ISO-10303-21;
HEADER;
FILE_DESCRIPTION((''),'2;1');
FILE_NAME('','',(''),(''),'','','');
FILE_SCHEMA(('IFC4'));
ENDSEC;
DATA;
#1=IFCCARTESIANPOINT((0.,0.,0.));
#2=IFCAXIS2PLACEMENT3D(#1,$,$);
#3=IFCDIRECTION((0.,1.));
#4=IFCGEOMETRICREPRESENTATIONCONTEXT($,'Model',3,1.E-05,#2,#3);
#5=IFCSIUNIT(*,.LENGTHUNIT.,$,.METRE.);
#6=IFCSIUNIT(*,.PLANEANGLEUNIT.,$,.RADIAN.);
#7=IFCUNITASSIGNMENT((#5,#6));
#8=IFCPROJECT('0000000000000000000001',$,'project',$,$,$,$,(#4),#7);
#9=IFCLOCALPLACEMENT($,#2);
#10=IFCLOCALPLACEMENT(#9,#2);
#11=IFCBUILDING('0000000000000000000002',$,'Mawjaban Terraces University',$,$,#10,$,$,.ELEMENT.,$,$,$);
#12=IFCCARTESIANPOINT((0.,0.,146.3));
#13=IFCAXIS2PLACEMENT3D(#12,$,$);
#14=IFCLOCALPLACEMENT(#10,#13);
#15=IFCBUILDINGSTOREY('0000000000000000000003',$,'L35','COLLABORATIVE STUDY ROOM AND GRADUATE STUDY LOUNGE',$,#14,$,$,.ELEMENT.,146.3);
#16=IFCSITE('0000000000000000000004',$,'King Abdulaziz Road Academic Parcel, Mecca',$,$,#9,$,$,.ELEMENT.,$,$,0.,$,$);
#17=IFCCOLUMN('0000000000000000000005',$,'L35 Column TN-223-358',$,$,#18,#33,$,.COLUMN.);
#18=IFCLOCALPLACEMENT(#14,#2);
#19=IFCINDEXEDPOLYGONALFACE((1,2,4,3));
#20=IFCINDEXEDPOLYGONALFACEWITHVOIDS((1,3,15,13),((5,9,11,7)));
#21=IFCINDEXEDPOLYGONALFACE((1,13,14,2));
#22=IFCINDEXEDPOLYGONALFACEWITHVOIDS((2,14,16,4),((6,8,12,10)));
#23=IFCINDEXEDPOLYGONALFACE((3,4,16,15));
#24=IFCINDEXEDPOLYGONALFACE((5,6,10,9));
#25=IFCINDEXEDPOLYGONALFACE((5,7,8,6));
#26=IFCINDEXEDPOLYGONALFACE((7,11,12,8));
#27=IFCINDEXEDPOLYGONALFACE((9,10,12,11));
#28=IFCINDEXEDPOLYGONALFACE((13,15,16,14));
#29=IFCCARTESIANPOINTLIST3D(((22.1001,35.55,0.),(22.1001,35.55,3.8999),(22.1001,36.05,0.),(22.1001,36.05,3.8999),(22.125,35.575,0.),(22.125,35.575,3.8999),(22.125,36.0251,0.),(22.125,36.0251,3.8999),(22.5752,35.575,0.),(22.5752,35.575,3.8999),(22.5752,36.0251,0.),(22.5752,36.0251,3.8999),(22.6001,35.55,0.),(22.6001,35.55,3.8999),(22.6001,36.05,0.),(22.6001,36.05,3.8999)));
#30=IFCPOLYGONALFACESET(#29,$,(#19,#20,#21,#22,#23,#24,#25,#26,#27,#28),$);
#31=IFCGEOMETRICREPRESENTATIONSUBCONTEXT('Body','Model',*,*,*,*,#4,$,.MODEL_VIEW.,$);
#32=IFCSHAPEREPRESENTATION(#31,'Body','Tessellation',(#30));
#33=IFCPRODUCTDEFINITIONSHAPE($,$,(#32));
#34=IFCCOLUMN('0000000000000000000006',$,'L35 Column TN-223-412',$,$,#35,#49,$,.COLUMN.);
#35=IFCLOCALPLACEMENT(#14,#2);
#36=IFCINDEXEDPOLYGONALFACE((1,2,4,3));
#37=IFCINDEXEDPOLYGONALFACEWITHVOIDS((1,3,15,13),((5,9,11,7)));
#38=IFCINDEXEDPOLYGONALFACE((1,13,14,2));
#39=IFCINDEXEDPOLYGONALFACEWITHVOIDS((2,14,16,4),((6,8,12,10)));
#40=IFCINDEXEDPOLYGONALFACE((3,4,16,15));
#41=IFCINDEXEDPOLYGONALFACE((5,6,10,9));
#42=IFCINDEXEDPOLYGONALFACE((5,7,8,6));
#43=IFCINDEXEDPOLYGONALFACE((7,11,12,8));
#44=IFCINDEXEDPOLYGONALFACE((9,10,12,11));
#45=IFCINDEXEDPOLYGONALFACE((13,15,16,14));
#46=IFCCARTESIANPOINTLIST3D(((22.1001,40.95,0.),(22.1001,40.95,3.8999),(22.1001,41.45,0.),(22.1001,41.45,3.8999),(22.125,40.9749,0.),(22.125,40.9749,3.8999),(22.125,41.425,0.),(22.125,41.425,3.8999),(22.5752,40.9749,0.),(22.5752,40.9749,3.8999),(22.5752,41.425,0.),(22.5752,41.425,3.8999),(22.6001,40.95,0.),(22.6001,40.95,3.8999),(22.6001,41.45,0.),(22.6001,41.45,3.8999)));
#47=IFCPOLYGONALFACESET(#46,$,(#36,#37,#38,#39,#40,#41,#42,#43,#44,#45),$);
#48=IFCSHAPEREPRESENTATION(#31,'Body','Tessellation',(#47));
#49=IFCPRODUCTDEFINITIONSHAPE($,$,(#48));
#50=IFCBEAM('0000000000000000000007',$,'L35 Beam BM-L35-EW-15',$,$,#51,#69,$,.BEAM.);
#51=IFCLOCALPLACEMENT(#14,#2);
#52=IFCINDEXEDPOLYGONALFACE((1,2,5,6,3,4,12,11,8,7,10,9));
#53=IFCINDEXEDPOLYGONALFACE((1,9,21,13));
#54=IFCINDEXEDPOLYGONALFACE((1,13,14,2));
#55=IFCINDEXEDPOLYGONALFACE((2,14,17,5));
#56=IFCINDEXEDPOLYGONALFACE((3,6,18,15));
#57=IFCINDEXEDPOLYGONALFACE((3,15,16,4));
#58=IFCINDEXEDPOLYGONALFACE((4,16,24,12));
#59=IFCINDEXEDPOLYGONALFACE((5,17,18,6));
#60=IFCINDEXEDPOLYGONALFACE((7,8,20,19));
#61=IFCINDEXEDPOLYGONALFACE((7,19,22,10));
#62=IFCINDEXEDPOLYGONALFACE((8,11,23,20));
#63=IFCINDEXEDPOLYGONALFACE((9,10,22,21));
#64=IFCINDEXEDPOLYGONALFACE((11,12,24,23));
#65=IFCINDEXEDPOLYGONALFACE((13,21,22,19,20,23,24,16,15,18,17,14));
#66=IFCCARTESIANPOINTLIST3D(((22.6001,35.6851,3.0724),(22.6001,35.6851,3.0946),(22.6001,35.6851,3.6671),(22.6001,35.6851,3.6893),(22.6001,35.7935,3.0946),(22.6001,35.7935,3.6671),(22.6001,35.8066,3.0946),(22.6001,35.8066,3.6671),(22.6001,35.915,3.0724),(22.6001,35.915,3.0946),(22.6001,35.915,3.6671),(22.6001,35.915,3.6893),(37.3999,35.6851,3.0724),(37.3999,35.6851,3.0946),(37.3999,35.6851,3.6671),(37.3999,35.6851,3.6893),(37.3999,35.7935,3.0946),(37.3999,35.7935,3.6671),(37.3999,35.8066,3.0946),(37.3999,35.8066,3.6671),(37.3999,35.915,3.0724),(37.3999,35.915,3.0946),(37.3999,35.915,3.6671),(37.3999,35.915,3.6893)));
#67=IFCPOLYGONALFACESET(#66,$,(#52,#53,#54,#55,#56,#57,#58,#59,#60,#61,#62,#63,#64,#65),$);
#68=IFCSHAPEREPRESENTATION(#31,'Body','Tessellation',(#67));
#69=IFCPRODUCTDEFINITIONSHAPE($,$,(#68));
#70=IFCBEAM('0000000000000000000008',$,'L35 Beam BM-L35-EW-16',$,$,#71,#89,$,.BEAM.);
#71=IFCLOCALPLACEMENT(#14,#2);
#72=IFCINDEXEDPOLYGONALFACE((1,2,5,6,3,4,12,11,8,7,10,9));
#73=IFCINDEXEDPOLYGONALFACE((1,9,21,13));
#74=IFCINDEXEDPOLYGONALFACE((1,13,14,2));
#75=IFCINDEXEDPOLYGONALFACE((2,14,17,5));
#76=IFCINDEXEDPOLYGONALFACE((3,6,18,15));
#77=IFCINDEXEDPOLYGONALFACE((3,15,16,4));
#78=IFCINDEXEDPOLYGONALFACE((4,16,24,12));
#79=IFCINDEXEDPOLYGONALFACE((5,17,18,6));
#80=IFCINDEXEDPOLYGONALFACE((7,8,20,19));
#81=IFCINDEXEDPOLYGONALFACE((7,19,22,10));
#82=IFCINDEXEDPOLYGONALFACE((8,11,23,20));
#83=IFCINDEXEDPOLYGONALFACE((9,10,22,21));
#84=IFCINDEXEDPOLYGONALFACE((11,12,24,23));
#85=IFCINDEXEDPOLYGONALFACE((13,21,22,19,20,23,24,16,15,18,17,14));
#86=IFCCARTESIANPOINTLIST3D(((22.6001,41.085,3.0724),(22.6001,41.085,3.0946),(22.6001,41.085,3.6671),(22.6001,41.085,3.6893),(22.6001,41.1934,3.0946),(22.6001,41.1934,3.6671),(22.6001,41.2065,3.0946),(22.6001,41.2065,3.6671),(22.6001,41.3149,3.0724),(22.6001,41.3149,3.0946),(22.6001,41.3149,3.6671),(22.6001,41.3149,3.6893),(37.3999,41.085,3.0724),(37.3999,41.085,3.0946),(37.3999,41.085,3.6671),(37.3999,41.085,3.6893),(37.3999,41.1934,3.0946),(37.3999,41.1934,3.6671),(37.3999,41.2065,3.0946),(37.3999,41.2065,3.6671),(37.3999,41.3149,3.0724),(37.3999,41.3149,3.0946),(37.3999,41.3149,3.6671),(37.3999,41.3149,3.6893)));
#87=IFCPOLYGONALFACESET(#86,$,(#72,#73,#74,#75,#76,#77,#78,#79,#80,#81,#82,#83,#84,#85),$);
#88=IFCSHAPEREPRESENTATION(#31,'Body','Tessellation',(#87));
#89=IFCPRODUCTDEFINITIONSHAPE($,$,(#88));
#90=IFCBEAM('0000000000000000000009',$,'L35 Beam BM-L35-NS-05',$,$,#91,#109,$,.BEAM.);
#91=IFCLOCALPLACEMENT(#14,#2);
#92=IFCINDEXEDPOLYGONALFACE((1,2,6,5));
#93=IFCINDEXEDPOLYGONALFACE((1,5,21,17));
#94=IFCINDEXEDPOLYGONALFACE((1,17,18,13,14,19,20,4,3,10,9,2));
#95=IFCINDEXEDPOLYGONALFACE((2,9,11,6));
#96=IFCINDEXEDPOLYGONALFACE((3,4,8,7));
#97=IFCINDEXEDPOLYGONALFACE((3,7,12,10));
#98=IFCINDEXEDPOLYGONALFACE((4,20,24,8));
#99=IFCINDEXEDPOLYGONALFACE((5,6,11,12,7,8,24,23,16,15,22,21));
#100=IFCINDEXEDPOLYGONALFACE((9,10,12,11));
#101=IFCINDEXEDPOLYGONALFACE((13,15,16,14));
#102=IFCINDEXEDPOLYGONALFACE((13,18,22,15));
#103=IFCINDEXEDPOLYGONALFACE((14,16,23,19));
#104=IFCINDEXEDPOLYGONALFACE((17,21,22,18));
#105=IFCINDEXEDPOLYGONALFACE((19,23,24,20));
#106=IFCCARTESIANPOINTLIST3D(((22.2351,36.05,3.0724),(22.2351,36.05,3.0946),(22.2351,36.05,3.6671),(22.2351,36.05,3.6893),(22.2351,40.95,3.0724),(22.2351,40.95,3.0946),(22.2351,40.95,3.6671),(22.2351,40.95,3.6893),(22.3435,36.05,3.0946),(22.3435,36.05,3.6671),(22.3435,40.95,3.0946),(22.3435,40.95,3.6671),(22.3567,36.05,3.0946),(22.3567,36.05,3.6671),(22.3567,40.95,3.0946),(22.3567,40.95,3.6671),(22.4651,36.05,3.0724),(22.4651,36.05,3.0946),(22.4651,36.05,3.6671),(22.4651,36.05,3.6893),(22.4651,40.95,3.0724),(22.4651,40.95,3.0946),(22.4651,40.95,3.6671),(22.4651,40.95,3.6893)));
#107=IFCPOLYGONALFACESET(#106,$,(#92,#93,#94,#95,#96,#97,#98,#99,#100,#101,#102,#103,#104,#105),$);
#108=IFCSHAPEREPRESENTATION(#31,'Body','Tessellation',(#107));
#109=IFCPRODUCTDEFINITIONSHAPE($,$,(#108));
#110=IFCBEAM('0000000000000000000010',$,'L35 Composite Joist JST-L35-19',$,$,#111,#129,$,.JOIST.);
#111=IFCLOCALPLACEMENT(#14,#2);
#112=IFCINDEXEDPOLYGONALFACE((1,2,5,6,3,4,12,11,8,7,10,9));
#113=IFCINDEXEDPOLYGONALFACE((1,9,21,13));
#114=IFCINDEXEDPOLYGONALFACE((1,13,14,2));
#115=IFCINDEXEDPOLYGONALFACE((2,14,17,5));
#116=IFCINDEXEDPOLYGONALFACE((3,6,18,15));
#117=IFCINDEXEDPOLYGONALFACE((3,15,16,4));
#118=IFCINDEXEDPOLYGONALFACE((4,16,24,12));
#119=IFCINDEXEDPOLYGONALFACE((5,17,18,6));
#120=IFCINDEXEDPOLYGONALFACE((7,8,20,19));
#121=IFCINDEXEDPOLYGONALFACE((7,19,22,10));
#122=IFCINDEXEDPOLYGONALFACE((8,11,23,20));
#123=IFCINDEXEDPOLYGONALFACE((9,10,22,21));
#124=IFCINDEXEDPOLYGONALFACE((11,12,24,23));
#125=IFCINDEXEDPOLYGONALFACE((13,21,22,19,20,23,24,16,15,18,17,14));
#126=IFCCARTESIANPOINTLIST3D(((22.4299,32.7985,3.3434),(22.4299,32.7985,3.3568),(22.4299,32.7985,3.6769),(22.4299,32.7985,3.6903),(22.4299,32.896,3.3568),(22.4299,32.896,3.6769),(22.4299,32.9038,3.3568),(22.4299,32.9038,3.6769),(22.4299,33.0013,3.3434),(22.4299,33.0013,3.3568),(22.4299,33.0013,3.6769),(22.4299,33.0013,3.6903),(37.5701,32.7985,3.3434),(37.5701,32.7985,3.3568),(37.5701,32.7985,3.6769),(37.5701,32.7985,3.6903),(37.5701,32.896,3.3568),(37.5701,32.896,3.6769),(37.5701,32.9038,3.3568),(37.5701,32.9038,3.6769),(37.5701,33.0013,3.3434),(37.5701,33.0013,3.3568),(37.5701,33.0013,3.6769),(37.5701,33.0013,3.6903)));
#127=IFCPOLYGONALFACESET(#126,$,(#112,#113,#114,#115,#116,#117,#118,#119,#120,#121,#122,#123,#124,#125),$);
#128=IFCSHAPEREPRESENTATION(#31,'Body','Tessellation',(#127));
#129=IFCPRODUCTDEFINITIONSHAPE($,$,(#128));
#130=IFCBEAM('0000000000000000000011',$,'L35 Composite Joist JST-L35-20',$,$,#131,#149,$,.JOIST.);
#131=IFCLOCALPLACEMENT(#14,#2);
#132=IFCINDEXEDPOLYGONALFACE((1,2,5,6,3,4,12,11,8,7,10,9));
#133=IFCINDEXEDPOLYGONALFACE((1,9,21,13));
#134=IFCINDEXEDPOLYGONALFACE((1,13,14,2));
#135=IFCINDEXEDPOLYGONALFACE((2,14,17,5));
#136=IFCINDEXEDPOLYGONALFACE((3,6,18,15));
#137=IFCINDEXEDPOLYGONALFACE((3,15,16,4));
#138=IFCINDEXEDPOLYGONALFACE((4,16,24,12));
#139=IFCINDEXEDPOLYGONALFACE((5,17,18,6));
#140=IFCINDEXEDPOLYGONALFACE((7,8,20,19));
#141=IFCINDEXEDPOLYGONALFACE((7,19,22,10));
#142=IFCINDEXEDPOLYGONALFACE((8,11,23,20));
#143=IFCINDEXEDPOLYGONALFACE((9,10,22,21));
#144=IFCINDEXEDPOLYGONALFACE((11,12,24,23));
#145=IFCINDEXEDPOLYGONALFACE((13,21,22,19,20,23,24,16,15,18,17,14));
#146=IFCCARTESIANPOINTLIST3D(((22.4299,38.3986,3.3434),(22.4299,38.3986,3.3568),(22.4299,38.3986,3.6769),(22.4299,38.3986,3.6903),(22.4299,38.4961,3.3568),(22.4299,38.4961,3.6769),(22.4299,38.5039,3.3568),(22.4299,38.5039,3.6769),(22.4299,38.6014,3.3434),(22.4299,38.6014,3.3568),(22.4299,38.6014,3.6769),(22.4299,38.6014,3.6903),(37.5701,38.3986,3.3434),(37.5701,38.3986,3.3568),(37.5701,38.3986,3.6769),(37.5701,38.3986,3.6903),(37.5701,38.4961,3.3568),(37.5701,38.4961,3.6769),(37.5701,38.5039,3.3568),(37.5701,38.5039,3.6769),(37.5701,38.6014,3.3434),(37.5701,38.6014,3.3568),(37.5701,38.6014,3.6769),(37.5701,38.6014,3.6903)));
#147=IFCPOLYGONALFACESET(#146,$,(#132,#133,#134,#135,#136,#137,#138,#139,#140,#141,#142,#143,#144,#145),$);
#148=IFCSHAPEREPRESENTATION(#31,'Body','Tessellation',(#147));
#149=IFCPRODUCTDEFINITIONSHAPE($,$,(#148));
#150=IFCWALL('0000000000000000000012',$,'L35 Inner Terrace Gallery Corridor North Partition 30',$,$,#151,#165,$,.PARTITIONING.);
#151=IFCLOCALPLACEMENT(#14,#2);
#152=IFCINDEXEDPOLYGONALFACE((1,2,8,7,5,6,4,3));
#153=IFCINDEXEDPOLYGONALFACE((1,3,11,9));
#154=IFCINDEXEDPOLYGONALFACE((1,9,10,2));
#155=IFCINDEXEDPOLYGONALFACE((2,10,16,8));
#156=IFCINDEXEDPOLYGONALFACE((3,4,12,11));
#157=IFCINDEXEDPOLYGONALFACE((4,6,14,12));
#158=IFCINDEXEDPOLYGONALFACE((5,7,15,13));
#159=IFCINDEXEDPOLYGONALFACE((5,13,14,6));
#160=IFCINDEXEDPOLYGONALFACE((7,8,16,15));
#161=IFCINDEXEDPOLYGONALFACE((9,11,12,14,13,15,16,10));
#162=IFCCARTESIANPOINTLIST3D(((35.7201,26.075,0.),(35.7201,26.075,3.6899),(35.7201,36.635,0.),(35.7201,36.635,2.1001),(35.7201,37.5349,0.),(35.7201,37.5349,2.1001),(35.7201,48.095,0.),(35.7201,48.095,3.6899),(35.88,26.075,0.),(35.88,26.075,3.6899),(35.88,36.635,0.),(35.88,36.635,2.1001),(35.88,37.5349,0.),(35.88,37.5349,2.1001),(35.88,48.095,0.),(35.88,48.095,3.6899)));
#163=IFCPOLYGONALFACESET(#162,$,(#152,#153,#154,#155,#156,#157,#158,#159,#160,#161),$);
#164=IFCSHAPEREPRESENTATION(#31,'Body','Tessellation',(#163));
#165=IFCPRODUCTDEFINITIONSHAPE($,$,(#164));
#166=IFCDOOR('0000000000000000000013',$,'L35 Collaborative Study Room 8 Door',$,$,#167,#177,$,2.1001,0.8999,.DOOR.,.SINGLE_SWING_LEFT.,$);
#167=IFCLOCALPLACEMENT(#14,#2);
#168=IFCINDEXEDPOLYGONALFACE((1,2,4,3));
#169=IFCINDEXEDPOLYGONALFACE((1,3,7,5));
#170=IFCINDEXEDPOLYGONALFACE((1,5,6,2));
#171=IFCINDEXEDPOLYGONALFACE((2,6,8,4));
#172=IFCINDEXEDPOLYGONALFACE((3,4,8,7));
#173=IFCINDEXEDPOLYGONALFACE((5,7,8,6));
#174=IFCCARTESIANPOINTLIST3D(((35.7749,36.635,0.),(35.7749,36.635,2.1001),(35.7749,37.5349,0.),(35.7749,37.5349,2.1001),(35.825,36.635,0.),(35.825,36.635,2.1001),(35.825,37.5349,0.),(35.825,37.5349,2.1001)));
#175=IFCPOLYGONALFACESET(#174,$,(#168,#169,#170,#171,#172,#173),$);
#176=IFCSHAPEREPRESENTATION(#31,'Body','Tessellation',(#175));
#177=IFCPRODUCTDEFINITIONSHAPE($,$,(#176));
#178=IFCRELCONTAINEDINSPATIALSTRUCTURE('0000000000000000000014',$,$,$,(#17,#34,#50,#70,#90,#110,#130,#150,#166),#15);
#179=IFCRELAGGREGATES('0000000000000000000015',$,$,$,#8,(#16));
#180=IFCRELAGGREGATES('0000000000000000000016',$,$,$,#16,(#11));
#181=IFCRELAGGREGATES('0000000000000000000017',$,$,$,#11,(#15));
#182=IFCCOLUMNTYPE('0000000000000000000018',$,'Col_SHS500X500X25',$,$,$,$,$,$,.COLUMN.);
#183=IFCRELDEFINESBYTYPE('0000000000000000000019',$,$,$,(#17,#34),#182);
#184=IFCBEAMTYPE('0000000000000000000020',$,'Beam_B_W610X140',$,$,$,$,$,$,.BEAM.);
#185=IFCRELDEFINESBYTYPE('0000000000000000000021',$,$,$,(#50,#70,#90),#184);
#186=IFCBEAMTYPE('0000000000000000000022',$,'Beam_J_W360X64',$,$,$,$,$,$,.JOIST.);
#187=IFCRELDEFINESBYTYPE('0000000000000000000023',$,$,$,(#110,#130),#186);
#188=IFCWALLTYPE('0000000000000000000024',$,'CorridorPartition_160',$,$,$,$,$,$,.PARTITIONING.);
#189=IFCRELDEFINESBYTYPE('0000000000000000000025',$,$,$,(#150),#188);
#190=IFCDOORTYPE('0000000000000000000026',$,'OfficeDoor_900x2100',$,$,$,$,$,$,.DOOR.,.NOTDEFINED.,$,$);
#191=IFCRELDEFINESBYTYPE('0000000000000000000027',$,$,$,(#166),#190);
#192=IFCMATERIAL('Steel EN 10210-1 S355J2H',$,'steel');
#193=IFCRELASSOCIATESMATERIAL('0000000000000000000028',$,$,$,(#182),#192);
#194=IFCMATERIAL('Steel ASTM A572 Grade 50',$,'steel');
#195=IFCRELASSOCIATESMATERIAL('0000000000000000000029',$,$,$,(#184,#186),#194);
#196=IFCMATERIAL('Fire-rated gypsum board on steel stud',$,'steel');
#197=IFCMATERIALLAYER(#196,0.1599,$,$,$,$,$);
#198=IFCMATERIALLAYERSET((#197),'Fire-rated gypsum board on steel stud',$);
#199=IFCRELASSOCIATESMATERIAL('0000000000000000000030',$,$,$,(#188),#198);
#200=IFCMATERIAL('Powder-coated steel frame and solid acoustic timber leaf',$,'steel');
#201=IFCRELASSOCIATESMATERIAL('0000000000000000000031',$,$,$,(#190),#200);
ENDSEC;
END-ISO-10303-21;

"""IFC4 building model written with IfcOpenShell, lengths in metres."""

from ifc_helpers import new_model, si_unit, direction, frame, frame_2d, origin, origin_2d, place, context, subcontext, project, spatial, rectangle, hollow_rectangle, i_section, extrude, material, layer, layer_set, material_profile, profile_set, type_object, element, fill, save


model = new_model("IFC4")

# Units and contexts
model_context = context("Model", 3, precision=1e-05, world=origin(), true_north=direction((0.0, 1.0)))
body_context = subcontext(model_context, "Body", "Model", "MODEL_VIEW")
ifc_project = project(units=[si_unit("LENGTHUNIT", "METRE"), si_unit("PLANEANGLEUNIT", "RADIAN")], contexts=[model_context])

# Site, building, storey
site_placement = place(None, origin())
site = spatial("IfcSite", under=ifc_project, at=site_placement, Name="King Abdulaziz Road Academic Parcel, Mecca", CompositionType="ELEMENT", RefElevation=0.0)
building_placement = place(site_placement, origin())
building = spatial("IfcBuilding", under=site, at=building_placement, Name="Mawjaban Terraces University", CompositionType="ELEMENT")
storey_placement = place(building_placement, frame((0.0, 0.0, 146.3)))
storey = spatial("IfcBuildingStorey", under=building, at=storey_placement, Name="L35", Description="COLLABORATIVE STUDY ROOM AND GRADUATE STUDY LOUNGE", CompositionType="ELEMENT", Elevation=146.3)

# Columns
ifc_material_1 = material(Name="Steel EN 10210-1 S355J2H", Category="steel")
ifc_material_profile_1 = material_profile(ifc_material_1, hollow_rectangle(XDim=0.5, YDim=0.5, WallThickness=0.0249, at=origin_2d()), Name="SHS500X500X25")
ifc_profile_set_1 = profile_set([ifc_material_profile_1], Name="Steel EN 10210-1 S355J2H")
column_type = type_object("IfcColumnType", Name="Col_SHS500X500X25", PredefinedType="COLUMN", material=ifc_profile_set_1)
for number, where, z_axis, x_axis, name in (
    (1, (22.3501, 35.8, 0.0), (0.0, 0.0, 1.0), (1.0, 0.0, 0.0), "L35 Column TN-223-358"),
    (2, (22.3501, 41.2, 0.0), (0.0, 0.0, 1.0), (1.0, 0.0, 0.0), "L35 Column TN-223-412"),
):
    element("IfcColumn", number, at=place(storey_placement, frame(where, z_axis=z_axis, x_axis=x_axis)), inside=storey, type_object=column_type, Name=name, PredefinedType="COLUMN", context=body_context, shape_type="SweptSolid", body=[
        extrude(hollow_rectangle(XDim=0.5, YDim=0.5, WallThickness=0.0249, at=origin_2d()), origin(), (0.0, 0.0, 1.0), 3.8999),
    ])

# Beams
ifc_material_2 = material(Name="Steel ASTM A572 Grade 50", Category="steel")
ifc_material_profile_2 = material_profile(ifc_material_2, i_section(OverallWidth=0.23, OverallDepth=0.6169, WebThickness=0.0132, FlangeThickness=0.0222, at=origin_2d()), Name="W610X140")
ifc_profile_set_2 = profile_set([ifc_material_profile_2], Name="Steel ASTM A572 Grade 50")
beam_type_1 = type_object("IfcBeamType", Name="Beam_B_W610X140", PredefinedType="BEAM", material=ifc_profile_set_2)
for number, where, z_axis, x_axis, name in (
    (3, (22.6001, 35.8, 3.3809), (1.0, 0.0, 0.0), (0.0, 1.0, 0.0), "L35 Beam BM-L35-EW-15"),
    (4, (22.6001, 41.2, 3.3809), (1.0, 0.0, 0.0), (0.0, 1.0, 0.0), "L35 Beam BM-L35-EW-16"),
):
    element("IfcBeam", number, at=place(storey_placement, frame(where, z_axis=z_axis, x_axis=x_axis)), inside=storey, type_object=beam_type_1, Name=name, PredefinedType="BEAM", context=body_context, shape_type="SweptSolid", body=[
        extrude(i_section(OverallWidth=0.23, OverallDepth=0.6169, WebThickness=0.0132, FlangeThickness=0.0222, at=origin_2d()), origin(), (0.0, 0.0, 1.0), 14.7998),
    ])
beam_placement = place(storey_placement, frame((22.3501, 36.05, 3.3809), z_axis=(0.0, 1.0, 0.0), x_axis=(-1.0, 0.0, 0.0)))
element("IfcBeam", 5, at=beam_placement, inside=storey, type_object=beam_type_1, Name="L35 Beam BM-L35-NS-05", PredefinedType="BEAM", context=body_context, shape_type="SweptSolid", body=[
    extrude(i_section(OverallWidth=0.23, OverallDepth=0.6169, WebThickness=0.0132, FlangeThickness=0.0222, at=origin_2d()), origin(), (0.0, 0.0, 1.0), 4.8999),
])
ifc_material_profile_3 = material_profile(ifc_material_2, i_section(OverallWidth=0.2029, OverallDepth=0.3469, WebThickness=0.0078, FlangeThickness=0.0134, at=origin_2d()), Name="W360X64")
ifc_profile_set_3 = profile_set([ifc_material_profile_3], Name="Steel ASTM A572 Grade 50")
beam_type_2 = type_object("IfcBeamType", Name="Beam_J_W360X64", PredefinedType="JOIST", material=ifc_profile_set_3)
for number, where, z_axis, x_axis, name in (
    (6, (22.4299, 32.8999, 3.5168), (1.0, 0.0, 0.0), (0.0, 1.0, 0.0), "L35 Composite Joist JST-L35-19"),
    (7, (22.4299, 38.5, 3.5168), (1.0, 0.0, 0.0), (0.0, 1.0, 0.0), "L35 Composite Joist JST-L35-20"),
):
    element("IfcBeam", number, at=place(storey_placement, frame(where, z_axis=z_axis, x_axis=x_axis)), inside=storey, type_object=beam_type_2, Name=name, PredefinedType="JOIST", context=body_context, shape_type="SweptSolid", body=[
        extrude(i_section(OverallWidth=0.2029, OverallDepth=0.3469, WebThickness=0.0078, FlangeThickness=0.0134, at=origin_2d()), origin(), (0.0, 0.0, 1.0), 15.1401),
    ])

# Wall, opening, door
ifc_material_3 = material(Name="Fire-rated gypsum board on steel stud", Category="steel")
ifc_layer_1 = layer(ifc_material_3, 0.1599)
ifc_layer_set_1 = layer_set([ifc_layer_1], Name="Fire-rated gypsum board on steel stud")
wall_type_1 = type_object("IfcWallType", Name="CorridorPartition_160", PredefinedType="PARTITIONING", material=ifc_layer_set_1)
wall_1_placement = place(storey_placement, frame((35.8, 48.095, 0.0), z_axis=(0.0, 0.0, 1.0), x_axis=(0.0, -1.0, 0.0)))
wall_1 = element("IfcWall", 8, at=wall_1_placement, inside=storey, type_object=wall_type_1, Name="L35 Inner Terrace Gallery Corridor North Partition 30", PredefinedType="PARTITIONING", context=body_context, shape_type="SweptSolid", body=[
    extrude(rectangle(XDim=22.02, YDim=0.1599, at=frame_2d((11.01, 0.0))), origin(), (0.0, 0.0, 1.0), 3.6899),
])
opening_1_placement = place(wall_1_placement, frame((10.5601, 0.0, 0.0)))
opening_1 = element("IfcOpeningElement", 9, at=opening_1_placement, cuts=wall_1, PredefinedType="OPENING", context=body_context, shape_type="SweptSolid", body=[
    extrude(rectangle(XDim=0.8999, YDim=2.1001, at=frame_2d((0.45, 1.05))), frame((0.0, 0.0898, 0.0), z_axis=(0.0, -1.0, 0.0), x_axis=(1.0, 0.0, 0.0)), (0.0, 0.0, 1.0), 0.1799),
])
ifc_material_4 = material(Name="Powder-coated steel frame and solid acoustic timber leaf", Category="steel")
door_type_1 = type_object("IfcDoorType", Name="OfficeDoor_900x2100", OperationType="NOTDEFINED", PredefinedType="DOOR", material=ifc_material_4)
door_1_placement = place(opening_1_placement, origin())
door_1 = element("IfcDoor", 10, at=door_1_placement, inside=storey, type_object=door_type_1, Name="L35 Collaborative Study Room 8 Door", OperationType="SINGLE_SWING_LEFT", OverallHeight=2.1001, OverallWidth=0.8999, PredefinedType="DOOR", context=body_context, shape_type="SweptSolid", body=[
    extrude(rectangle(XDim=0.8999, YDim=2.1001, at=frame_2d((0.45, 1.05))), frame((0.0, 0.0249, 0.0), z_axis=(0.0, -1.0, 0.0), x_axis=(1.0, 0.0, 0.0)), (0.0, 0.0, 1.0), 0.05),
])
fill(opening_1, door_1)

save(model, "model.ifc")
